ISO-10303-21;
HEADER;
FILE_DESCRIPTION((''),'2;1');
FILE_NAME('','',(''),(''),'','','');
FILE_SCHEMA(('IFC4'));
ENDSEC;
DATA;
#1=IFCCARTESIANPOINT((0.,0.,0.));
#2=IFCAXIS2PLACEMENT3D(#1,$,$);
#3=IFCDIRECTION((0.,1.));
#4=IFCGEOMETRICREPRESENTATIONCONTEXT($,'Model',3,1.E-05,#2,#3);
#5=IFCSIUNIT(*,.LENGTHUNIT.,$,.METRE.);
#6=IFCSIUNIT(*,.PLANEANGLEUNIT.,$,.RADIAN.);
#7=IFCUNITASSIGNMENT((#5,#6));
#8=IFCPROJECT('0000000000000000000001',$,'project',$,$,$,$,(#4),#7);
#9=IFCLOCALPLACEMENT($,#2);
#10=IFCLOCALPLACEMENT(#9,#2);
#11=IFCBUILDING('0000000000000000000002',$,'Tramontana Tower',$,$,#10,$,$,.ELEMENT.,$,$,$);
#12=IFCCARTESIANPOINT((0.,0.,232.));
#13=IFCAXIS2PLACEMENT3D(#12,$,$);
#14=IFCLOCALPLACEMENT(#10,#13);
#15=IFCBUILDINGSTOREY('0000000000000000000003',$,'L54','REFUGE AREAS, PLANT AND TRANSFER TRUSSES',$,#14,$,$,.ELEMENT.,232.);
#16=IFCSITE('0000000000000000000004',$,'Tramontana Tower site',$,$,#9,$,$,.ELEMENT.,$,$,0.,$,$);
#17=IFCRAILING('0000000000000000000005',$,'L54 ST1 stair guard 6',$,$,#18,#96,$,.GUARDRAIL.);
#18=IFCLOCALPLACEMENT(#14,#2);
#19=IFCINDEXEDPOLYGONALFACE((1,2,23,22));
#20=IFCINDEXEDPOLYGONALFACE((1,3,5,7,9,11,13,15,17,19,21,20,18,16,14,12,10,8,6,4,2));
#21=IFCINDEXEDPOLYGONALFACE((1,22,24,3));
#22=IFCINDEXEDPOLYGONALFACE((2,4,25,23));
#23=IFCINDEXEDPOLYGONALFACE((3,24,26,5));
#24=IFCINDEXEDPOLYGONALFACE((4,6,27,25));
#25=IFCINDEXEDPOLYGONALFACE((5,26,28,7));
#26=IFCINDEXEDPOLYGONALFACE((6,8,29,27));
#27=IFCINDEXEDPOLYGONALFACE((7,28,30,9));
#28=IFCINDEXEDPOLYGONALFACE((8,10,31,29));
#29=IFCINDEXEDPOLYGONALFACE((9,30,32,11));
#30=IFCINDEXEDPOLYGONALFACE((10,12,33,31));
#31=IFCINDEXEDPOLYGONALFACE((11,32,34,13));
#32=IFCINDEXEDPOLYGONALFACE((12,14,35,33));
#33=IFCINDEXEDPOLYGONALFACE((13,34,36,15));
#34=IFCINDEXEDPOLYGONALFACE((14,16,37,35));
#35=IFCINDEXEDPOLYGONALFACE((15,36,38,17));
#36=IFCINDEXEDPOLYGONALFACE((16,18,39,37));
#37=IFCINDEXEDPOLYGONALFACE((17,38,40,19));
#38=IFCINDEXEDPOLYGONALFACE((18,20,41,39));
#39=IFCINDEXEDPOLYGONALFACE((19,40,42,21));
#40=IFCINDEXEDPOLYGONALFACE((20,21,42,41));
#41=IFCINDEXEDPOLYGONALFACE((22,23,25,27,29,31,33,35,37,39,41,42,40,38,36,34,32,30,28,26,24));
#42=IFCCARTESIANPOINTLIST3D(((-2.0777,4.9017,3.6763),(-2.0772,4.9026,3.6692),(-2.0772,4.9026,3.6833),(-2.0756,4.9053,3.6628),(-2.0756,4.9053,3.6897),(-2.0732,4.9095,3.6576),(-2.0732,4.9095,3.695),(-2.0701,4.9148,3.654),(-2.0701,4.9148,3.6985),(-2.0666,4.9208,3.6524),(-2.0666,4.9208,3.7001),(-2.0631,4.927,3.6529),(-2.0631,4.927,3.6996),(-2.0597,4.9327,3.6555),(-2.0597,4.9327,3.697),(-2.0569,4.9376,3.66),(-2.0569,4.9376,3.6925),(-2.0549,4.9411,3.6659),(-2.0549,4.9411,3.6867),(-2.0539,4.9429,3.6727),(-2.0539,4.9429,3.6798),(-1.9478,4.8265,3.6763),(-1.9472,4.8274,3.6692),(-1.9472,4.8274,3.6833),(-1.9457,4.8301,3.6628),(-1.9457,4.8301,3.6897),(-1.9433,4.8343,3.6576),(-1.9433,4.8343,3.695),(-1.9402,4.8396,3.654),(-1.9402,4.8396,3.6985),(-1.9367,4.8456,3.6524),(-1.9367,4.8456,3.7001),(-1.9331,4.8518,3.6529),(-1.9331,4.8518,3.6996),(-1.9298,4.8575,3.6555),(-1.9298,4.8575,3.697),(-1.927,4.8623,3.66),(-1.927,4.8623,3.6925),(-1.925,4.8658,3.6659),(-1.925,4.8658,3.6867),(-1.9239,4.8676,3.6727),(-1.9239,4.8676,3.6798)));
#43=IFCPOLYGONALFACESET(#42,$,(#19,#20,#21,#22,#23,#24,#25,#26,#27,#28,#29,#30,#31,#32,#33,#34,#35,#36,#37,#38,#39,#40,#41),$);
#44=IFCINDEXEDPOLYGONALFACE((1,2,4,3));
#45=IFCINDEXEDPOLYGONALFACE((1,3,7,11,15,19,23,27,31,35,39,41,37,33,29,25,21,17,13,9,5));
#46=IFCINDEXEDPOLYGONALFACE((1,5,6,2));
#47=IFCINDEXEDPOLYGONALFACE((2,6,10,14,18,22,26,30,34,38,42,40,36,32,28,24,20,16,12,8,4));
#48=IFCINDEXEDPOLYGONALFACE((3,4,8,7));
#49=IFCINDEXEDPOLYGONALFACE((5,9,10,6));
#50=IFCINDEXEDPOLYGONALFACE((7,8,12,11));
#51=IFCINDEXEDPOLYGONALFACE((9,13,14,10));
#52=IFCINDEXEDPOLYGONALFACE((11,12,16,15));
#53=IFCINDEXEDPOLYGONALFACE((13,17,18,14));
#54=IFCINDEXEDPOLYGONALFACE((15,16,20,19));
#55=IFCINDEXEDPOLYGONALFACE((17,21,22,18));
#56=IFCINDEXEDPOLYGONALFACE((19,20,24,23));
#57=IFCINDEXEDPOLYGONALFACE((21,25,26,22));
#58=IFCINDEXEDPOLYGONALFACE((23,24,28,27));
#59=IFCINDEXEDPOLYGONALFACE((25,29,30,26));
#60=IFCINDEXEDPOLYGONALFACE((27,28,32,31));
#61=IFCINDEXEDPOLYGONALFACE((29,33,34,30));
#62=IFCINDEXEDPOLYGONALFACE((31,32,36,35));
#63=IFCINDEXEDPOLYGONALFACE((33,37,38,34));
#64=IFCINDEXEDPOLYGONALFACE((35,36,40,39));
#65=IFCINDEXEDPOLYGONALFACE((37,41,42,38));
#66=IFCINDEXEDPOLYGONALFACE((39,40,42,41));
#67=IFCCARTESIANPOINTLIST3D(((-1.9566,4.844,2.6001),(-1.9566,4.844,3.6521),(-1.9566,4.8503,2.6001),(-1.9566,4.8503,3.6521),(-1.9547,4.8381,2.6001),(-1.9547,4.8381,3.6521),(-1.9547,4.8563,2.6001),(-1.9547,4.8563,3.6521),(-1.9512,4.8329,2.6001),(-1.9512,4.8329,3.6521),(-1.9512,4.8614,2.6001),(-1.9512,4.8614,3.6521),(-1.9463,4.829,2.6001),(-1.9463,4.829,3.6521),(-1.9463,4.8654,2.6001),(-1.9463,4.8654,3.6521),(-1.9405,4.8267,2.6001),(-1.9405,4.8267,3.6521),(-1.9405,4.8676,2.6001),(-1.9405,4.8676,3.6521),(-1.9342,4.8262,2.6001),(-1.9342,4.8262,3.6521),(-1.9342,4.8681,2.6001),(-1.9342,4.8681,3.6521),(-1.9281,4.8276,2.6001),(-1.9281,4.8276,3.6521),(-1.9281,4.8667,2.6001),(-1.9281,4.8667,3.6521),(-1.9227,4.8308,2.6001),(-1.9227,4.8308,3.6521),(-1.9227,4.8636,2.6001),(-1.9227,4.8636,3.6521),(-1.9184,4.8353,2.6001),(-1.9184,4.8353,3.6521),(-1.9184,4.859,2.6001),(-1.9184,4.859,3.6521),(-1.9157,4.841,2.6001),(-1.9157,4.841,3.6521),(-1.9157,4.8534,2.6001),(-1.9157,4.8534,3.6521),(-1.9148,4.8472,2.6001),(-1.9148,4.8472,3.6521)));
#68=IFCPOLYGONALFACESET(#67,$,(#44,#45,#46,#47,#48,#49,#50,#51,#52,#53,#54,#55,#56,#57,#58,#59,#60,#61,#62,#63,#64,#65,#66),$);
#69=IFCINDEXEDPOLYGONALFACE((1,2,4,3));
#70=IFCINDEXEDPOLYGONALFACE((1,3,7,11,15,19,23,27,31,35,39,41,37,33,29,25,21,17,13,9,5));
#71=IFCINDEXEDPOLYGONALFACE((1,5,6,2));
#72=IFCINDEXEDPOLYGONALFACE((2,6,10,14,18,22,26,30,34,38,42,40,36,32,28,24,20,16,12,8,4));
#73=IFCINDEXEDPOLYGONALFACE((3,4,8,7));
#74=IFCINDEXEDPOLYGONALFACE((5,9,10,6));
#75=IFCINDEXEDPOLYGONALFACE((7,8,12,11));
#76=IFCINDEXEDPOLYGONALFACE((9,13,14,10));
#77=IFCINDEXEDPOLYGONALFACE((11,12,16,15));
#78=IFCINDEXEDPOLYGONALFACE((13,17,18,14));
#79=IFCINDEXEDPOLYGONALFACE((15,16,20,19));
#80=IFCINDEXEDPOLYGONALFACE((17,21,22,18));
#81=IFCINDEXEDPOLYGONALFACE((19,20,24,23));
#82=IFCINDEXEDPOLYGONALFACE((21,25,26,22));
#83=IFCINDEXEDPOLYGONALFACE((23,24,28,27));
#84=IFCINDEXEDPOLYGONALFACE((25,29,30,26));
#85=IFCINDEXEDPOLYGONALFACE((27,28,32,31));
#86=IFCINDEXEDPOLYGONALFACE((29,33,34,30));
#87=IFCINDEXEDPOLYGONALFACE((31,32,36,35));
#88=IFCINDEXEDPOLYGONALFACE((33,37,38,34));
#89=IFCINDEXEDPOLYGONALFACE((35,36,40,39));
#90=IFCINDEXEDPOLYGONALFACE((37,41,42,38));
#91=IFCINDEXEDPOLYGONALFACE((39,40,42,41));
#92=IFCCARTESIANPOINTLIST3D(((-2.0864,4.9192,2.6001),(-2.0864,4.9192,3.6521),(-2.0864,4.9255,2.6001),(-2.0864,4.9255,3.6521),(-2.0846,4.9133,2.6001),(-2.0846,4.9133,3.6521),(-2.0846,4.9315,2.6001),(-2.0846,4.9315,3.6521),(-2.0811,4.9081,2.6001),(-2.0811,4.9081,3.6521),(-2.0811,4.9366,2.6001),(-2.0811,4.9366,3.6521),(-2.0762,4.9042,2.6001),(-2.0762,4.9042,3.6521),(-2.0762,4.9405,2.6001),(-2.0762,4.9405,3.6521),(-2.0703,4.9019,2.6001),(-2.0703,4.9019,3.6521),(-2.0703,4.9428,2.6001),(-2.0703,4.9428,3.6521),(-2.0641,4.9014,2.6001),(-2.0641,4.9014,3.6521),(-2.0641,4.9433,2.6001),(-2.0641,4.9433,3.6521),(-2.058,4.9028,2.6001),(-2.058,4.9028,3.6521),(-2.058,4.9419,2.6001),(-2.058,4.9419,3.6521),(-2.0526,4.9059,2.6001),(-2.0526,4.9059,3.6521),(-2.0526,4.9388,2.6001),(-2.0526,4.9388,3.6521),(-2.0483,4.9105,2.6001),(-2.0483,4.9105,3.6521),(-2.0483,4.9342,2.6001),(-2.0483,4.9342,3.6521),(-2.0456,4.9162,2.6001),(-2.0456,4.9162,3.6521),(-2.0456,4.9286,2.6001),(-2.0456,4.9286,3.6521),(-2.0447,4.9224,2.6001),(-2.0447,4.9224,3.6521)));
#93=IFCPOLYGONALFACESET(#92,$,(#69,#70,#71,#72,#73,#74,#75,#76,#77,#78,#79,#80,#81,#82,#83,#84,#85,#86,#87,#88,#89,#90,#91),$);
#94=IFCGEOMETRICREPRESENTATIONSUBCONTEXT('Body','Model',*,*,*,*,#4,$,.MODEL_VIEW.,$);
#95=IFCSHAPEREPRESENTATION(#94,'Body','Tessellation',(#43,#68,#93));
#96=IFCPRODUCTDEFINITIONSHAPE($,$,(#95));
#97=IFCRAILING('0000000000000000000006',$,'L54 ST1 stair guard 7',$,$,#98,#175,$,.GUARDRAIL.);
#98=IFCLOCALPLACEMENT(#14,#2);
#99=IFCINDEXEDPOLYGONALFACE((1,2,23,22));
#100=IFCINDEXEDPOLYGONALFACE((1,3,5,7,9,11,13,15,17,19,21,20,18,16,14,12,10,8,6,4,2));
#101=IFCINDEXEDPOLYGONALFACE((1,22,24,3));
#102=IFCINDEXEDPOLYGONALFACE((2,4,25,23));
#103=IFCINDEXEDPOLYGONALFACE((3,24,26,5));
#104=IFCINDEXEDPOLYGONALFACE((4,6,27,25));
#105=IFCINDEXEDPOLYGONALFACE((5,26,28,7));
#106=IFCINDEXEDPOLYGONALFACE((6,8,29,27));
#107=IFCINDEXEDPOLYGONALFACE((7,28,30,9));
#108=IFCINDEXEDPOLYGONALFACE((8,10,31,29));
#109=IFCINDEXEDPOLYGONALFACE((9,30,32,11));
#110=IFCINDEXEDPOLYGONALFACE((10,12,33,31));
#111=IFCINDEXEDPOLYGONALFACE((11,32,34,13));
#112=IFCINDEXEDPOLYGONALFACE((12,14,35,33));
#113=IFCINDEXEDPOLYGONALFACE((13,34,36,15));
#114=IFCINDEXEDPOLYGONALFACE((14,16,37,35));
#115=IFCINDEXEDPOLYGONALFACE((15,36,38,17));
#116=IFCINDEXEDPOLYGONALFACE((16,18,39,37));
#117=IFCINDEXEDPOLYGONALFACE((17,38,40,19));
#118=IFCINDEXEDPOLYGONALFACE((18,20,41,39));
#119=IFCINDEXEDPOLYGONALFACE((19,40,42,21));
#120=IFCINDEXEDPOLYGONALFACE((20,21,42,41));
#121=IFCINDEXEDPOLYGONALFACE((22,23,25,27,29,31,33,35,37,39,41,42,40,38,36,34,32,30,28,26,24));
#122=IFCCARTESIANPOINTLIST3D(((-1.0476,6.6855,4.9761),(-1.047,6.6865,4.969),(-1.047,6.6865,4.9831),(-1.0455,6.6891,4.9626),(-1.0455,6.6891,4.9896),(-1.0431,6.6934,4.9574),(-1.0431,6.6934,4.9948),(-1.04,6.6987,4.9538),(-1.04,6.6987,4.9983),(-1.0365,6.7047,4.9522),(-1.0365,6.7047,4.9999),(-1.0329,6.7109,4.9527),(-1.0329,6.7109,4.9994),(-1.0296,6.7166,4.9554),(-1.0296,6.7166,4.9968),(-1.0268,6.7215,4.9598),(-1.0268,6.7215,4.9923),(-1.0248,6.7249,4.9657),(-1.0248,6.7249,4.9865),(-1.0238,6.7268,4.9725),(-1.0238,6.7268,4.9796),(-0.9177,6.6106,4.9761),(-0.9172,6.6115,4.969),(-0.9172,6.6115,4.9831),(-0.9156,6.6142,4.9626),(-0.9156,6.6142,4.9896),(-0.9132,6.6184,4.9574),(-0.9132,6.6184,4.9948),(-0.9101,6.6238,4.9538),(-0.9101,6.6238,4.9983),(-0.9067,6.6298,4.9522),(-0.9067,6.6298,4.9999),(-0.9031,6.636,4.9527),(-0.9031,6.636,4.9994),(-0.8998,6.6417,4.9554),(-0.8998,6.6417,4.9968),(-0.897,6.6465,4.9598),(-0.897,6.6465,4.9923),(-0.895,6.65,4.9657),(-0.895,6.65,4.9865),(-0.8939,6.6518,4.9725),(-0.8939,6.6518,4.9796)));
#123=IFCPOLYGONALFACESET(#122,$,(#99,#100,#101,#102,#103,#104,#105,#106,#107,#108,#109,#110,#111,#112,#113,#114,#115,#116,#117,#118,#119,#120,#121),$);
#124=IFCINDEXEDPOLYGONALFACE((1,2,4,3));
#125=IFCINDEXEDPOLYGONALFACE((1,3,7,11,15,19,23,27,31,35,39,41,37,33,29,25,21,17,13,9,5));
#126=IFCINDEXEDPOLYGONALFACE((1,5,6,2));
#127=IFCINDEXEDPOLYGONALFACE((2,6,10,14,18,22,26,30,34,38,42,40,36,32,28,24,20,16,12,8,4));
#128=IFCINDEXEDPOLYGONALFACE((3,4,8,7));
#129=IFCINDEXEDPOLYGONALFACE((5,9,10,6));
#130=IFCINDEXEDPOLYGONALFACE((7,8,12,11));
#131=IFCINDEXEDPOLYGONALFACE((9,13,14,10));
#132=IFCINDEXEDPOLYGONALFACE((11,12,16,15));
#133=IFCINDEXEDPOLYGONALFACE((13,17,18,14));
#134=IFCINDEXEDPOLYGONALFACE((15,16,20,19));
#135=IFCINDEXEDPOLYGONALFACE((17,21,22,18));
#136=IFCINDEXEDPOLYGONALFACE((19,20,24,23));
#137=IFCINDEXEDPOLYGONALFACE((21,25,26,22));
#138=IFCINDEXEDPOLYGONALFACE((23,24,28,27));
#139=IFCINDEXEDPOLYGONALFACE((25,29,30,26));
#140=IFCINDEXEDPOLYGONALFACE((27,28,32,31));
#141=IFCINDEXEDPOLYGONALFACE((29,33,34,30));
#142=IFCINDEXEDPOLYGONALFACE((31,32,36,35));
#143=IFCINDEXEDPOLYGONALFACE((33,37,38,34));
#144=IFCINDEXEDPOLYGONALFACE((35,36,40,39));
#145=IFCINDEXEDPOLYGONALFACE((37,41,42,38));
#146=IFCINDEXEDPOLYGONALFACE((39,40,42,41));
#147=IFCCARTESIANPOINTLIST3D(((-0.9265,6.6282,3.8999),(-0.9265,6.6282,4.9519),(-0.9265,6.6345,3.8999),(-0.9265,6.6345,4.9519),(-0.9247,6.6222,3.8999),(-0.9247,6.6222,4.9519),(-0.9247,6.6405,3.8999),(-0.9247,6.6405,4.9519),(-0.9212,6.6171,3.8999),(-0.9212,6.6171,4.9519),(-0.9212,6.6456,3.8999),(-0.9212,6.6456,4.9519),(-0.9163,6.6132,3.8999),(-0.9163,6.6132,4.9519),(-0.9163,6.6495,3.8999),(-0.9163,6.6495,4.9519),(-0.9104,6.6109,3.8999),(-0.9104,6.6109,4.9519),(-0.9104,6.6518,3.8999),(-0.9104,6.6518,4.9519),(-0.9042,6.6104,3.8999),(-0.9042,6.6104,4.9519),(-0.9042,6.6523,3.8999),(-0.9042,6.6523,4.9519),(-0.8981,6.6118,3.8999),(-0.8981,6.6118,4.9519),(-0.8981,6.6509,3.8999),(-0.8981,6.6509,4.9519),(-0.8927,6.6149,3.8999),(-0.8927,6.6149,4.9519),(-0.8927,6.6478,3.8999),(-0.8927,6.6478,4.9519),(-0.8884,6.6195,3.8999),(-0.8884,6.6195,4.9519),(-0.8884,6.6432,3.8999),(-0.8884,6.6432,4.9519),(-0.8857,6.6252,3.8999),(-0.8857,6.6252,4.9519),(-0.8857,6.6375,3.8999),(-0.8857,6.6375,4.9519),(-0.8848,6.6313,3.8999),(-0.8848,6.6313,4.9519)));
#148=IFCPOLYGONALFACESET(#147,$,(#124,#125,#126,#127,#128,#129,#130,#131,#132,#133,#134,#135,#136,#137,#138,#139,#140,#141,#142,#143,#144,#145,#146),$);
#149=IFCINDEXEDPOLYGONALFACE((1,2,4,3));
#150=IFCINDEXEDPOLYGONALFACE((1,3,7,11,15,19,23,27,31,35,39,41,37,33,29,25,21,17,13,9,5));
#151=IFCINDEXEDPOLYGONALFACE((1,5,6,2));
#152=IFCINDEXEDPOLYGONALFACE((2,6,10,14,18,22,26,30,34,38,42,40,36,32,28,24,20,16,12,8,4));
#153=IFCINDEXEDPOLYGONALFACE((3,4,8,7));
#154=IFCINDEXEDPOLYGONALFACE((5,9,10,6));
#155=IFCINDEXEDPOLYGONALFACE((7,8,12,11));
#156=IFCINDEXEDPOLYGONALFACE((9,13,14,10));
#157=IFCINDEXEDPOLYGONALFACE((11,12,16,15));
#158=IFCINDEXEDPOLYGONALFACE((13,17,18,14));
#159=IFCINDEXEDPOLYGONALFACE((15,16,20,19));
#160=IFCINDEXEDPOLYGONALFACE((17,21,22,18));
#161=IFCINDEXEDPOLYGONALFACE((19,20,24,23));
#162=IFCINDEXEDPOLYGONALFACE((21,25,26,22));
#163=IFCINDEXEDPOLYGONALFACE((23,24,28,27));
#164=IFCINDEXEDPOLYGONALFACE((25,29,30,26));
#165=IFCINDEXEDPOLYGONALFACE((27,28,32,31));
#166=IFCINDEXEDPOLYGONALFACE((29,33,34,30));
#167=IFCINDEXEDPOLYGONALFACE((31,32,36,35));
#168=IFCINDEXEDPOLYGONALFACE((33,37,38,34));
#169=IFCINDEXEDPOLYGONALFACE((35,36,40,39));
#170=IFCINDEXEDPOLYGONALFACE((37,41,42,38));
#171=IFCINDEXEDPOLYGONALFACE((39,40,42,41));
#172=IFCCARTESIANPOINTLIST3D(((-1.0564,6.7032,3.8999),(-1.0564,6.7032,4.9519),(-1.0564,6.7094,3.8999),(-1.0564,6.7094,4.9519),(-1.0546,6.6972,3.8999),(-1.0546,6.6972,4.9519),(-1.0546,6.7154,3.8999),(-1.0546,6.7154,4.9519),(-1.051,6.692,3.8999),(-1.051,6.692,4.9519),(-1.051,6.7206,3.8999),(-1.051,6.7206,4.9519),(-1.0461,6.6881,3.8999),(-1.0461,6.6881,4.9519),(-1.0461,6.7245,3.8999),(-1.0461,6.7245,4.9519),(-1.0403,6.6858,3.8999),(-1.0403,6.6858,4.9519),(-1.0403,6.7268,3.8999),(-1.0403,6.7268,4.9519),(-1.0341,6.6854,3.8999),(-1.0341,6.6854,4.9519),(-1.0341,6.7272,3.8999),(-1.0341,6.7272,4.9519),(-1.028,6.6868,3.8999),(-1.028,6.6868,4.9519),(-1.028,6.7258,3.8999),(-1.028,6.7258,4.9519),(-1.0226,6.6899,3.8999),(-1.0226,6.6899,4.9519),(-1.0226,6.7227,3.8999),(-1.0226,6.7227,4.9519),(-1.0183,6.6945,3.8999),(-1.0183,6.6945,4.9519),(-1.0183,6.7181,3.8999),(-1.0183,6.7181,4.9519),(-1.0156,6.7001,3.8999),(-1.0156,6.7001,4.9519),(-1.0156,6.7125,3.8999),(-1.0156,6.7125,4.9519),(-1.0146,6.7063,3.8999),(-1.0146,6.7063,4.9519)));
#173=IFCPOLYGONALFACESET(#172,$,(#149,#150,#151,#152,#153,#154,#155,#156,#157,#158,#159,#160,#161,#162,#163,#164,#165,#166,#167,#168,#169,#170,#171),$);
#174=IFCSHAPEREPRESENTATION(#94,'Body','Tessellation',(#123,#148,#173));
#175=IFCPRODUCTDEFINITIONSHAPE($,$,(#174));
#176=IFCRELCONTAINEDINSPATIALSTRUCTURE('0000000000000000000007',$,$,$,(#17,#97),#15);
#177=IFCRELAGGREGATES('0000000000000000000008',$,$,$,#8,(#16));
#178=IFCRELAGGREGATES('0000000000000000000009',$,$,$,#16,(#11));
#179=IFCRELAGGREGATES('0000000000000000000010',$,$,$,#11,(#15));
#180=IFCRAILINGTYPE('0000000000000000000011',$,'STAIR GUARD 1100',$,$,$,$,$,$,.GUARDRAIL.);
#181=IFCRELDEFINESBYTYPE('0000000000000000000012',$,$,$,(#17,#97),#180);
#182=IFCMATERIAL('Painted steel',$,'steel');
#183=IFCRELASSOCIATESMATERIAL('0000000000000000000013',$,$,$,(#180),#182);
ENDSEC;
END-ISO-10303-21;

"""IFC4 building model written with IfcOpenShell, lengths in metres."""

from ifc_helpers import new_model, si_unit, direction, frame, origin, origin_2d, place, context, subcontext, project, spatial, circle, extrude, material, type_object, element, save


model = new_model("IFC4")

# Units and contexts
model_context = context("Model", 3, precision=1e-05, world=origin(), true_north=direction((0.0, 1.0)))
body_context = subcontext(model_context, "Body", "Model", "MODEL_VIEW")
ifc_project = project(units=[si_unit("LENGTHUNIT", "METRE"), si_unit("PLANEANGLEUNIT", "RADIAN")], contexts=[model_context])

# Site, building, storey
site_placement = place(None, origin())
site = spatial("IfcSite", under=ifc_project, at=site_placement, Name="Tramontana Tower site", CompositionType="ELEMENT", RefElevation=0.0)
building_placement = place(site_placement, origin())
building = spatial("IfcBuilding", under=site, at=building_placement, Name="Tramontana Tower", CompositionType="ELEMENT")
storey_placement = place(building_placement, frame((0.0, 0.0, 232.0)))
storey = spatial("IfcBuildingStorey", under=building, at=storey_placement, Name="L54", Description="REFUGE AREAS, PLANT AND TRANSFER TRUSSES", CompositionType="ELEMENT", Elevation=232.0)

# Railings
ifc_material_1 = material(Name="Painted steel", Category="steel")
railing_type_1 = type_object("IfcRailingType", Name="STAIR GUARD 1100", PredefinedType="GUARDRAIL", material=ifc_material_1)
railing_1_placement = place(storey_placement, frame((-1.9358, 4.8472, 2.6001)))
element("IfcRailing", 1, at=railing_1_placement, inside=storey, type_object=railing_type_1, Name="L54 ST1 stair guard 6", PredefinedType="GUARDRAIL", context=body_context, shape_type="SweptSolid", body=[
    extrude(circle(Radius=0.0239, at=origin_2d()), frame((0.0, 0.0, 1.0762), z_axis=(-0.865426, 0.501036, 0.0), x_axis=(-0.501036, -0.865426, 0.0)), (0.0, 0.0, 1.0), 0.1501),
    extrude(circle(Radius=0.021, at=origin_2d()), origin(), (0.0, 0.0, 1.0), 1.052),
    extrude(circle(Radius=0.021, at=origin_2d()), frame((-0.1299, 0.0752, 0.0)), (0.0, 0.0, 1.0), 1.052),
])
railing_2_placement = place(storey_placement, frame((-0.9058, 6.6313, 3.8999)))
element("IfcRailing", 2, at=railing_2_placement, inside=storey, type_object=railing_type_1, Name="L54 ST1 stair guard 7", PredefinedType="GUARDRAIL", context=body_context, shape_type="SweptSolid", body=[
    extrude(circle(Radius=0.0239, at=origin_2d()), frame((0.0, 0.0, 1.0762), z_axis=(-0.866131, 0.499816, 0.0), x_axis=(-0.499816, -0.866131, 0.0)), (0.0, 0.0, 1.0), 0.1499),
    extrude(circle(Radius=0.021, at=origin_2d()), origin(), (0.0, 0.0, 1.0), 1.052),
    extrude(circle(Radius=0.021, at=origin_2d()), frame((-0.1299, 0.075, 0.0)), (0.0, 0.0, 1.0), 1.052),
])

save(model, "model.ifc")
